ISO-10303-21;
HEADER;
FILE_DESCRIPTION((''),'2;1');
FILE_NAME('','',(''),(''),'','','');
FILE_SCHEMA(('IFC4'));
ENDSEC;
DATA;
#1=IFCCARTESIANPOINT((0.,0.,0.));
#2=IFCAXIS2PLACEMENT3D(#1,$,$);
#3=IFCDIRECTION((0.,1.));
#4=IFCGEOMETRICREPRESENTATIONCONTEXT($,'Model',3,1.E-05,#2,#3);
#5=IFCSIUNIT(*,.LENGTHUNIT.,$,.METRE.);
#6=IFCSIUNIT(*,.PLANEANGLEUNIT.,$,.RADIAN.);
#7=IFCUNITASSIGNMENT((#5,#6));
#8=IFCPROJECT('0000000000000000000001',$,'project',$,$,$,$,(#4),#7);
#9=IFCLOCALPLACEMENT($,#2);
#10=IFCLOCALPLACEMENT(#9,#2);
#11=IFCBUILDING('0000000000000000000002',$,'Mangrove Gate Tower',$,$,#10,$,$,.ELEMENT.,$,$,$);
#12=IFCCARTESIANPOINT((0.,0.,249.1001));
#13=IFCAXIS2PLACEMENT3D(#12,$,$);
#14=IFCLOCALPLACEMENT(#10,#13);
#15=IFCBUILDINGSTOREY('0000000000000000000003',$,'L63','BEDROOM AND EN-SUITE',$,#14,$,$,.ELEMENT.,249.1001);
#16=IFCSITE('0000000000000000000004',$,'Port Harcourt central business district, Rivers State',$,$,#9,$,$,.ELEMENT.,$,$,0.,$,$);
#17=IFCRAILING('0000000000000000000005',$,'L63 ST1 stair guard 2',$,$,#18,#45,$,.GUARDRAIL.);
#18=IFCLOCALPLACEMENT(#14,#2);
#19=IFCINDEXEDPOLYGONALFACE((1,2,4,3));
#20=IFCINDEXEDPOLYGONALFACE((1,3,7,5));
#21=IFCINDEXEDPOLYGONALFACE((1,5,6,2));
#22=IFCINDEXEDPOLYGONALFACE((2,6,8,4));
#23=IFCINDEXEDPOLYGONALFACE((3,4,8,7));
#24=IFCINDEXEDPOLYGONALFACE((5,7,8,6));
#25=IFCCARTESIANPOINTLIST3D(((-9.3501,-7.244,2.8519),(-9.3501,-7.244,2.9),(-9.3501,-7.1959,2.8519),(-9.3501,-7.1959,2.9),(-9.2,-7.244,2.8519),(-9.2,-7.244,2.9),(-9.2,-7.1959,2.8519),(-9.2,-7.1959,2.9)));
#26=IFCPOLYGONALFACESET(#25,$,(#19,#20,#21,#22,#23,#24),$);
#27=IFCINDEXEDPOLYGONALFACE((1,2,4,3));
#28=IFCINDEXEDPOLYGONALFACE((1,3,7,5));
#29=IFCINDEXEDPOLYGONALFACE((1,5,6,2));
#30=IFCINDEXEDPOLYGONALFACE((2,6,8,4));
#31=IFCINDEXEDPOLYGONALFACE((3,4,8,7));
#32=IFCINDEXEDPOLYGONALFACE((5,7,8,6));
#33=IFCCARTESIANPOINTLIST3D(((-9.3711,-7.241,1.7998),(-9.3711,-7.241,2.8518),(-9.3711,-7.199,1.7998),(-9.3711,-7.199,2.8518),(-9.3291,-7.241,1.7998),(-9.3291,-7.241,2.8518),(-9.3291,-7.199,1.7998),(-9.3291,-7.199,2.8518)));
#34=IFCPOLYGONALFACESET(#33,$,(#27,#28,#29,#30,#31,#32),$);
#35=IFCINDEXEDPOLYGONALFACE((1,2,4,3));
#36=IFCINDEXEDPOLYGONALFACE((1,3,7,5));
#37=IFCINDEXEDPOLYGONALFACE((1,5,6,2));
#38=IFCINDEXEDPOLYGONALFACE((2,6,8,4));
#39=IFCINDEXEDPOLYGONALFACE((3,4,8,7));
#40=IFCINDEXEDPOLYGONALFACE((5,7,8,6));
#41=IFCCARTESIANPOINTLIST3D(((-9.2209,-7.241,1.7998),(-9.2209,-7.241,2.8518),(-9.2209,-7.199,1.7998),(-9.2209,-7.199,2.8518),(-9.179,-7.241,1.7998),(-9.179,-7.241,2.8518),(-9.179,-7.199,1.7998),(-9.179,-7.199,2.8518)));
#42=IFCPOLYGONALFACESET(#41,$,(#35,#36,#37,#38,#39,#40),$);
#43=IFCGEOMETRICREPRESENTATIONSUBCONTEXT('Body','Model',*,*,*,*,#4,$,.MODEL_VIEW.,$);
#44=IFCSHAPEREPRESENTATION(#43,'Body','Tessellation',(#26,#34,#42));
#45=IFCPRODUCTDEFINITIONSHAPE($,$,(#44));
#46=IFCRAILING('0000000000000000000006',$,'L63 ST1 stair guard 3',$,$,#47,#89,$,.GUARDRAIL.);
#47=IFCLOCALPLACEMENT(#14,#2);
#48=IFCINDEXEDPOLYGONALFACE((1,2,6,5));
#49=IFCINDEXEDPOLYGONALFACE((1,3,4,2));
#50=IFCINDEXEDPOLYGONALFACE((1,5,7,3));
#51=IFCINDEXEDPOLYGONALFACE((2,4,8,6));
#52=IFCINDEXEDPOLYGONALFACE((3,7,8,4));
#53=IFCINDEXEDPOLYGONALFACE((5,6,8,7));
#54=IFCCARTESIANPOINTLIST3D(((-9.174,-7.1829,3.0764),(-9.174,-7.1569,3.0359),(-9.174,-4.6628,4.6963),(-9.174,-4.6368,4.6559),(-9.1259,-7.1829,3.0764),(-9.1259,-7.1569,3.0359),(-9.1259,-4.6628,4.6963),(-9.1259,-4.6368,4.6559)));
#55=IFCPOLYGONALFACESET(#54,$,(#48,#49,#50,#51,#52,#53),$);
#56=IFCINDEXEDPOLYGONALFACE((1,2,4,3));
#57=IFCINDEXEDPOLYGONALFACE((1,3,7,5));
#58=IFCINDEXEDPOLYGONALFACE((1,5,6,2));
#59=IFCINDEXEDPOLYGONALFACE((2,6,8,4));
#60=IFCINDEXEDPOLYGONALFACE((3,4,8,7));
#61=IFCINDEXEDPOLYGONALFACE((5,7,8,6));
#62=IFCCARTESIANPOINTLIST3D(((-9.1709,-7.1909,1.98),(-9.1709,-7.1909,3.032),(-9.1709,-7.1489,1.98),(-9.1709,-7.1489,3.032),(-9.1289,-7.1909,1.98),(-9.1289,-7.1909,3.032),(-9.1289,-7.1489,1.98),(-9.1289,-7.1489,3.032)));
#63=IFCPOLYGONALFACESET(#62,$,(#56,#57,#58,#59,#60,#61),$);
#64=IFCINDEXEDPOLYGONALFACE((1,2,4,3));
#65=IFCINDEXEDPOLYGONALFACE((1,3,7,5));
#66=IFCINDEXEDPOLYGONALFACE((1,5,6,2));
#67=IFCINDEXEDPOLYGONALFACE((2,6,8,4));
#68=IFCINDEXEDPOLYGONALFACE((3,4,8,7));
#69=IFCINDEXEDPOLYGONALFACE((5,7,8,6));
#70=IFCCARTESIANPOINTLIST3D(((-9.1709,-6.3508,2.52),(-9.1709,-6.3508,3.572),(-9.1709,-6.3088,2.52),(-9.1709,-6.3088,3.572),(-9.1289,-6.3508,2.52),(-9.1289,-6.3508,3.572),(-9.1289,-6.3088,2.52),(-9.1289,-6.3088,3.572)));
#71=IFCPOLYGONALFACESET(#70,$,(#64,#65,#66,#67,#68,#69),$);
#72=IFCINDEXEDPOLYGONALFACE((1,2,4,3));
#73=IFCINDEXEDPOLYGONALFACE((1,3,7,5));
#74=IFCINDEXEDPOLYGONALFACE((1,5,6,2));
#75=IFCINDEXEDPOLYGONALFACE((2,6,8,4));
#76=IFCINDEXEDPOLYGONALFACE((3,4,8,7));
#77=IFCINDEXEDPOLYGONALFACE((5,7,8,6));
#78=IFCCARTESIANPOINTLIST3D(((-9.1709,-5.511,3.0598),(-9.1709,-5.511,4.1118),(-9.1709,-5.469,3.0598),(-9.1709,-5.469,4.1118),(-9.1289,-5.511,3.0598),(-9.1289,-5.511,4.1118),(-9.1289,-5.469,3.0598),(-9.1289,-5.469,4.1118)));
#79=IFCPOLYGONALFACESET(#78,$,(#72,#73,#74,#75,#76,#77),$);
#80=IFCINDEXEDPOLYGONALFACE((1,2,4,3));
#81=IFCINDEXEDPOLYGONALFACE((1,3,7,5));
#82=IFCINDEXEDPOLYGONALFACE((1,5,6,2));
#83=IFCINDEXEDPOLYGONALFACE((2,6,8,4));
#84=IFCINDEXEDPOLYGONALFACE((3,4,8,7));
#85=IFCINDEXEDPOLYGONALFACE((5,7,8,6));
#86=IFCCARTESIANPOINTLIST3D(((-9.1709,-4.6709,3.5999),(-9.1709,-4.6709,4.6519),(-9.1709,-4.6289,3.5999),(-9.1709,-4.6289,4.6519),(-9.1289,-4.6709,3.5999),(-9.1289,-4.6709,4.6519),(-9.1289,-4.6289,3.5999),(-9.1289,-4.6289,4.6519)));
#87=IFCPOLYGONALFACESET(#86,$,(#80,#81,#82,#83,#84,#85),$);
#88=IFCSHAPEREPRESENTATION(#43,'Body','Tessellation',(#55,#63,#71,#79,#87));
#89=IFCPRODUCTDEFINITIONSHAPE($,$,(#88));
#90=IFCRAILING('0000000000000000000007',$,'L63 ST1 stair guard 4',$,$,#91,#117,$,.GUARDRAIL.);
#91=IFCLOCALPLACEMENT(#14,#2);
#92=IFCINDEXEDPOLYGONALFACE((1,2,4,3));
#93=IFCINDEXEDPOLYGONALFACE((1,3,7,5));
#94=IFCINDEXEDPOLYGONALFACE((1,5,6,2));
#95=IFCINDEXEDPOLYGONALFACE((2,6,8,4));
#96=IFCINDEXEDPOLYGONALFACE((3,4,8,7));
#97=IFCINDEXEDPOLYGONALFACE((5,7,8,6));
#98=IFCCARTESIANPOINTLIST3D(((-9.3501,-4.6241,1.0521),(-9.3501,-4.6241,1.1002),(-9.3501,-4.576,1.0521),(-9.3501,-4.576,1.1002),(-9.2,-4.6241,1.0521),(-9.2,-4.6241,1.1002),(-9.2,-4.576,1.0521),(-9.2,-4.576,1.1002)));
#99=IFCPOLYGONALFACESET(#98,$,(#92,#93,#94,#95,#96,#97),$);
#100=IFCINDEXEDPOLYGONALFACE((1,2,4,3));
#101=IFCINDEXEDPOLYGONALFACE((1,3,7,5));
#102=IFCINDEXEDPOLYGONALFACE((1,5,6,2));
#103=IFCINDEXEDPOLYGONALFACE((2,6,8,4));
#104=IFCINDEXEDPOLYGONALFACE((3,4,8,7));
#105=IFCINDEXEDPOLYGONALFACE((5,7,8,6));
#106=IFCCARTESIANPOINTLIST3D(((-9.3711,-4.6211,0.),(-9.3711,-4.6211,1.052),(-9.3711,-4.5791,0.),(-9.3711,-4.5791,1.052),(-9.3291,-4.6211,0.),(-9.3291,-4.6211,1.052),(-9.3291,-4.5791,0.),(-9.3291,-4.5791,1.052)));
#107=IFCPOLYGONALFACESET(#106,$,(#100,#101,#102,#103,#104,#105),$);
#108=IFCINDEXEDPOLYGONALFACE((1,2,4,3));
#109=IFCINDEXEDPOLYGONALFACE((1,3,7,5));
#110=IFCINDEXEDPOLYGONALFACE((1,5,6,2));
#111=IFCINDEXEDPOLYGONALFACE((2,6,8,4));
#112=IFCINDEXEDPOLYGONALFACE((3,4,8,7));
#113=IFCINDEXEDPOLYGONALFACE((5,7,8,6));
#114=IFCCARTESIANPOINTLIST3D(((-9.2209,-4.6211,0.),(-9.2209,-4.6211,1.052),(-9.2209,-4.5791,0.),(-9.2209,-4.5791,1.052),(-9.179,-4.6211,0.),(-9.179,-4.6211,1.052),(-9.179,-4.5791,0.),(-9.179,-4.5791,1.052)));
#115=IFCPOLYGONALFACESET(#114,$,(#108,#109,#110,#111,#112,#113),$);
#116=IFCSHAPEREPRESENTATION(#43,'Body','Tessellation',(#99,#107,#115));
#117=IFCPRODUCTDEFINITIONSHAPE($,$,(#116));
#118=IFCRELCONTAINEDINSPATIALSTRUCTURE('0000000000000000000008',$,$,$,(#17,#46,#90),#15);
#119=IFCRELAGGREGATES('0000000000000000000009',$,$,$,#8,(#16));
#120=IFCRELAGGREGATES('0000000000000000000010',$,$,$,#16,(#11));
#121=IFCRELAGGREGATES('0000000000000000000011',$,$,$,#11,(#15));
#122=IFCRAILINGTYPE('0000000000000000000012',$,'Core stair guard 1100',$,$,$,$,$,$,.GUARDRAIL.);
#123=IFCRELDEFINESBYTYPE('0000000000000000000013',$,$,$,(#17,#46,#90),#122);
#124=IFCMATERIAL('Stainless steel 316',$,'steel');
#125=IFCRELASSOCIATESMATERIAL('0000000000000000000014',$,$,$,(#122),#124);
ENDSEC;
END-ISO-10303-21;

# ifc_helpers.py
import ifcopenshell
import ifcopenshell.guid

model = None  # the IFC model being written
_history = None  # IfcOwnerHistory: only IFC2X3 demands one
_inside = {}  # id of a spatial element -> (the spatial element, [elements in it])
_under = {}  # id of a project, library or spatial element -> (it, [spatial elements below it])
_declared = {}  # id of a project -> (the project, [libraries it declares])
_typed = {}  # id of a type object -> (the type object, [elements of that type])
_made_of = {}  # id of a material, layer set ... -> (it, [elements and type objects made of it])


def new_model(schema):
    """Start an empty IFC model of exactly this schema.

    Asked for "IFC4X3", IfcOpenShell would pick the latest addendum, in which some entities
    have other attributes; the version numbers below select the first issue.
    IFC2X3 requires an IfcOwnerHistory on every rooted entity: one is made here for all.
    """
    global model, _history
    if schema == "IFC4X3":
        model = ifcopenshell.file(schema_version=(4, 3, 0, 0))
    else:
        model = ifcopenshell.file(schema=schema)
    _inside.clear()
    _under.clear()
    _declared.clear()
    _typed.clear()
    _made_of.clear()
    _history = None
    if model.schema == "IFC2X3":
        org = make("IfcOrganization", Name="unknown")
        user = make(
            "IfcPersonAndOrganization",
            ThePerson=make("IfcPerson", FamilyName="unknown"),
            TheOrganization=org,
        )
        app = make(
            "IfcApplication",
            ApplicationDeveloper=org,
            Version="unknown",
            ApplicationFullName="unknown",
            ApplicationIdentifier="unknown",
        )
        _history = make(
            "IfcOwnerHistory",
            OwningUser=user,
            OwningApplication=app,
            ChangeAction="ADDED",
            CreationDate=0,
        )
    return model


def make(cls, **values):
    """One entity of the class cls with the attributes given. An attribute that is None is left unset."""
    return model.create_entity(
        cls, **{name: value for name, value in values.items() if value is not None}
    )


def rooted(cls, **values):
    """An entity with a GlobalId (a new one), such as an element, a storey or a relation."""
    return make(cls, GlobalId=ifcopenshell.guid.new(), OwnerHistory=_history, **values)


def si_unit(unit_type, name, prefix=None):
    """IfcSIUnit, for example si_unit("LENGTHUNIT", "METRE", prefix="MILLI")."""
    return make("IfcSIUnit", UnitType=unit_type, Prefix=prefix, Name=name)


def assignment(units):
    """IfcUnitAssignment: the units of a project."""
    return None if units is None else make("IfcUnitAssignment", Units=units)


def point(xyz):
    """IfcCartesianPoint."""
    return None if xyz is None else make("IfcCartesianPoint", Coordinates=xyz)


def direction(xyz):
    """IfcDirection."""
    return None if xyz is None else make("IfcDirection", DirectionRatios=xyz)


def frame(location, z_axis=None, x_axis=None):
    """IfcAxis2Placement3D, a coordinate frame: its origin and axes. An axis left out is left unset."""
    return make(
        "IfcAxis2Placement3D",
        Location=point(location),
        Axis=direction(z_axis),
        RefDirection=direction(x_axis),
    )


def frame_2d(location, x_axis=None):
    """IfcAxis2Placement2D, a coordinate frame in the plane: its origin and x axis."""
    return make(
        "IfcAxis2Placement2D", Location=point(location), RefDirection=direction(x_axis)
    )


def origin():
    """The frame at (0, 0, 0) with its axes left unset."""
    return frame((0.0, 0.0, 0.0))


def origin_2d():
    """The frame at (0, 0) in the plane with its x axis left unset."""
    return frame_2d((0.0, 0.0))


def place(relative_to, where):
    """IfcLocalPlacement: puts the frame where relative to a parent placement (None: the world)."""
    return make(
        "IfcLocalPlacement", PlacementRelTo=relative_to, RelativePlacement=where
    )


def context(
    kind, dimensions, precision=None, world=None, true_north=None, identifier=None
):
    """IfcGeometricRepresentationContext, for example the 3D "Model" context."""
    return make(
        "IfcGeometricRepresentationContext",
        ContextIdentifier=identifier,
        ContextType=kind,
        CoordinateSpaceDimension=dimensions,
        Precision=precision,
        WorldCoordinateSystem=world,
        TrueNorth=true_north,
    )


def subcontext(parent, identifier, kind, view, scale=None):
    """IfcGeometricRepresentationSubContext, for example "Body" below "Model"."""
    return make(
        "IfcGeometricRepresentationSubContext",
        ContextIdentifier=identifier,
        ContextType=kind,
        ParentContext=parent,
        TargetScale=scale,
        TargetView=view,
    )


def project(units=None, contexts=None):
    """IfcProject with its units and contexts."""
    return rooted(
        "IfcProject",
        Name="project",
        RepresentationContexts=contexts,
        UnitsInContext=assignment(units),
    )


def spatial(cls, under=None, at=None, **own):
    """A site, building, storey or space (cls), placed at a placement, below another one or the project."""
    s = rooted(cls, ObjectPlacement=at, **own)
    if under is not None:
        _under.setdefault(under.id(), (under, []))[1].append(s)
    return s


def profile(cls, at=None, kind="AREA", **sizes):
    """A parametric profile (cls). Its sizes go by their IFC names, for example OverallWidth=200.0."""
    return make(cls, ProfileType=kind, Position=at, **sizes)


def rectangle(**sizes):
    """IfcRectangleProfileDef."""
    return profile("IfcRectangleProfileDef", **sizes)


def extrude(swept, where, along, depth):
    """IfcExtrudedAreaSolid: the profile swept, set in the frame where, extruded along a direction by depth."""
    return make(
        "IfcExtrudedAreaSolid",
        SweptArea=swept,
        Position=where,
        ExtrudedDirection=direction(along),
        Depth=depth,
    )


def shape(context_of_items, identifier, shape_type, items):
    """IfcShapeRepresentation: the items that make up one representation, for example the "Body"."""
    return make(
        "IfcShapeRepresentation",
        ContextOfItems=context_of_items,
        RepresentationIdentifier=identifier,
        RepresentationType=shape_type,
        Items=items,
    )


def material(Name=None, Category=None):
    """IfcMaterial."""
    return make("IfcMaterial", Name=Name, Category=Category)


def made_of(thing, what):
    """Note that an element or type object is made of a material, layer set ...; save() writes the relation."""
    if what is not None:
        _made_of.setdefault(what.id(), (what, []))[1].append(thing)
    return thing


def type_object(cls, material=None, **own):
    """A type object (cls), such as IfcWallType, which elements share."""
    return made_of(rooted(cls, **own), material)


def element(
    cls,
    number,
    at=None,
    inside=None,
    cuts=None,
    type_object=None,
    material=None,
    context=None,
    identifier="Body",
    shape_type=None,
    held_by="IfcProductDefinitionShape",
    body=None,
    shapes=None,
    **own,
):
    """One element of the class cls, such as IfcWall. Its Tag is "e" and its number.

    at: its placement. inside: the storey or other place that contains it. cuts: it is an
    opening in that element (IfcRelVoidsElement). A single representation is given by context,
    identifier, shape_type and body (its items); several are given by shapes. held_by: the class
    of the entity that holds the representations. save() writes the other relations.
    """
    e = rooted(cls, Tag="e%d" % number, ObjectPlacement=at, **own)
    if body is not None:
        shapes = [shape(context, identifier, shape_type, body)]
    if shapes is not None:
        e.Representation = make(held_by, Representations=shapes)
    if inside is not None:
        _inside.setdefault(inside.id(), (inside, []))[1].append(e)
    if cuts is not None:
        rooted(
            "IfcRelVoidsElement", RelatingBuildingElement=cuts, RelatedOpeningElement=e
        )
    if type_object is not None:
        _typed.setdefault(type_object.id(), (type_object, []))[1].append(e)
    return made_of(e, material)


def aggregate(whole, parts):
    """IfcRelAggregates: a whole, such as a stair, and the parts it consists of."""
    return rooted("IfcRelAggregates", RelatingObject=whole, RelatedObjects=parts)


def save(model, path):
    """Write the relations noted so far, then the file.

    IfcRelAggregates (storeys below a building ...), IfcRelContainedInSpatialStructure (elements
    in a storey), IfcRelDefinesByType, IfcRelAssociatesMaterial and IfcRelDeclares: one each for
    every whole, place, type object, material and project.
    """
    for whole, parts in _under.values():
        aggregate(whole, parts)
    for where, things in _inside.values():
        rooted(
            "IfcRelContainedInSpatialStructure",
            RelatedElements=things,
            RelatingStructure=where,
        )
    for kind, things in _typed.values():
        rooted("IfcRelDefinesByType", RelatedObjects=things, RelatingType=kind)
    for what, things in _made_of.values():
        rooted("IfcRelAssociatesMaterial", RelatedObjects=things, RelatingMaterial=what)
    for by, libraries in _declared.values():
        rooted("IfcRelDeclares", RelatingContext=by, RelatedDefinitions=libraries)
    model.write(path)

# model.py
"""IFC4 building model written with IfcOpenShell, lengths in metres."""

from ifc_helpers import new_model, si_unit, direction, frame, origin, origin_2d, place, context, subcontext, project, spatial, rectangle, extrude, material, type_object, element, save


model = new_model("IFC4")

# Units and contexts
model_context = context("Model", 3, precision=1e-05, world=origin(), true_north=direction((0.0, 1.0)))
body_context = subcontext(model_context, "Body", "Model", "MODEL_VIEW")
ifc_project = project(units=[si_unit("LENGTHUNIT", "METRE"), si_unit("PLANEANGLEUNIT", "RADIAN")], contexts=[model_context])

# Site, building, storey
site_placement = place(None, origin())
site = spatial("IfcSite", under=ifc_project, at=site_placement, Name="Port Harcourt central business district, Rivers State", CompositionType="ELEMENT", RefElevation=0.0)
building_placement = place(site_placement, origin())
building = spatial("IfcBuilding", under=site, at=building_placement, Name="Mangrove Gate Tower", CompositionType="ELEMENT")
storey_placement = place(building_placement, frame((0.0, 0.0, 249.1001)))
storey = spatial("IfcBuildingStorey", under=building, at=storey_placement, Name="L63", Description="BEDROOM AND EN-SUITE", CompositionType="ELEMENT", Elevation=249.1001)

# Railings
ifc_material_1 = material(Name="Stainless steel 316", Category="steel")
railing_type_1 = type_object("IfcRailingType", Name="Core stair guard 1100", PredefinedType="GUARDRAIL", material=ifc_material_1)
railing_1_placement = place(storey_placement, frame((-9.3501, -7.22, 1.7998)))
element("IfcRailing", 1, at=railing_1_placement, inside=storey, type_object=railing_type_1, Name="L63 ST1 stair guard 2", PredefinedType="GUARDRAIL", context=body_context, shape_type="SweptSolid", body=[
    extrude(rectangle(XDim=0.0481, YDim=0.0481, at=origin_2d()), frame((0.0, 0.0, 1.0762), z_axis=(1.0, 0.0, 0.0), x_axis=(0.0, 1.0, 0.0)), (0.0, 0.0, 1.0), 0.1501),
    extrude(rectangle(XDim=0.042, YDim=0.042, at=origin_2d()), origin(), (0.0, 0.0, 1.0), 1.052),
    extrude(rectangle(XDim=0.042, YDim=0.042, at=origin_2d()), frame((0.1501, 0.0, 0.0)), (0.0, 0.0, 1.0), 1.052),
])
railing_2_placement = place(storey_placement, frame((-9.1499, -7.1699, 1.98)))
element("IfcRailing", 2, at=railing_2_placement, inside=storey, type_object=railing_type_1, Name="L63 ST1 stair guard 3", PredefinedType="GUARDRAIL", context=body_context, shape_type="SweptSolid", body=[
    extrude(rectangle(XDim=0.0481, YDim=0.0481, at=origin_2d()), frame((0.0, 0.0, 1.0762), z_axis=(0.0, 0.8412, 0.540725), x_axis=(-1.0, 0.0, 0.0)), (0.0, 0.0, 1.0), 2.9958),
    extrude(rectangle(XDim=0.042, YDim=0.042, at=origin_2d()), origin(), (0.0, 0.0, 1.0), 1.052),
    extrude(rectangle(XDim=0.042, YDim=0.042, at=origin_2d()), frame((0.0, 0.8401, 0.54)), (0.0, 0.0, 1.0), 1.052),
    extrude(rectangle(XDim=0.042, YDim=0.042, at=origin_2d()), frame((0.0, 1.6799, 1.0798)), (0.0, 0.0, 1.0), 1.052),
    extrude(rectangle(XDim=0.042, YDim=0.042, at=origin_2d()), frame((0.0, 2.52, 1.6199)), (0.0, 0.0, 1.0), 1.052),
])
railing_3_placement = place(storey_placement, frame((-9.3501, -4.6001, 0.0)))
element("IfcRailing", 3, at=railing_3_placement, inside=storey, type_object=railing_type_1, Name="L63 ST1 stair guard 4", PredefinedType="GUARDRAIL", context=body_context, shape_type="SweptSolid", body=[
    extrude(rectangle(XDim=0.0481, YDim=0.0481, at=origin_2d()), frame((0.0, 0.0, 1.0762), z_axis=(1.0, 0.0, 0.0), x_axis=(0.0, 1.0, 0.0)), (0.0, 0.0, 1.0), 0.1501),
    extrude(rectangle(XDim=0.042, YDim=0.042, at=origin_2d()), origin(), (0.0, 0.0, 1.0), 1.052),
    extrude(rectangle(XDim=0.042, YDim=0.042, at=origin_2d()), frame((0.1501, 0.0, 0.0)), (0.0, 0.0, 1.0), 1.052),
])

save(model, "model.ifc")
